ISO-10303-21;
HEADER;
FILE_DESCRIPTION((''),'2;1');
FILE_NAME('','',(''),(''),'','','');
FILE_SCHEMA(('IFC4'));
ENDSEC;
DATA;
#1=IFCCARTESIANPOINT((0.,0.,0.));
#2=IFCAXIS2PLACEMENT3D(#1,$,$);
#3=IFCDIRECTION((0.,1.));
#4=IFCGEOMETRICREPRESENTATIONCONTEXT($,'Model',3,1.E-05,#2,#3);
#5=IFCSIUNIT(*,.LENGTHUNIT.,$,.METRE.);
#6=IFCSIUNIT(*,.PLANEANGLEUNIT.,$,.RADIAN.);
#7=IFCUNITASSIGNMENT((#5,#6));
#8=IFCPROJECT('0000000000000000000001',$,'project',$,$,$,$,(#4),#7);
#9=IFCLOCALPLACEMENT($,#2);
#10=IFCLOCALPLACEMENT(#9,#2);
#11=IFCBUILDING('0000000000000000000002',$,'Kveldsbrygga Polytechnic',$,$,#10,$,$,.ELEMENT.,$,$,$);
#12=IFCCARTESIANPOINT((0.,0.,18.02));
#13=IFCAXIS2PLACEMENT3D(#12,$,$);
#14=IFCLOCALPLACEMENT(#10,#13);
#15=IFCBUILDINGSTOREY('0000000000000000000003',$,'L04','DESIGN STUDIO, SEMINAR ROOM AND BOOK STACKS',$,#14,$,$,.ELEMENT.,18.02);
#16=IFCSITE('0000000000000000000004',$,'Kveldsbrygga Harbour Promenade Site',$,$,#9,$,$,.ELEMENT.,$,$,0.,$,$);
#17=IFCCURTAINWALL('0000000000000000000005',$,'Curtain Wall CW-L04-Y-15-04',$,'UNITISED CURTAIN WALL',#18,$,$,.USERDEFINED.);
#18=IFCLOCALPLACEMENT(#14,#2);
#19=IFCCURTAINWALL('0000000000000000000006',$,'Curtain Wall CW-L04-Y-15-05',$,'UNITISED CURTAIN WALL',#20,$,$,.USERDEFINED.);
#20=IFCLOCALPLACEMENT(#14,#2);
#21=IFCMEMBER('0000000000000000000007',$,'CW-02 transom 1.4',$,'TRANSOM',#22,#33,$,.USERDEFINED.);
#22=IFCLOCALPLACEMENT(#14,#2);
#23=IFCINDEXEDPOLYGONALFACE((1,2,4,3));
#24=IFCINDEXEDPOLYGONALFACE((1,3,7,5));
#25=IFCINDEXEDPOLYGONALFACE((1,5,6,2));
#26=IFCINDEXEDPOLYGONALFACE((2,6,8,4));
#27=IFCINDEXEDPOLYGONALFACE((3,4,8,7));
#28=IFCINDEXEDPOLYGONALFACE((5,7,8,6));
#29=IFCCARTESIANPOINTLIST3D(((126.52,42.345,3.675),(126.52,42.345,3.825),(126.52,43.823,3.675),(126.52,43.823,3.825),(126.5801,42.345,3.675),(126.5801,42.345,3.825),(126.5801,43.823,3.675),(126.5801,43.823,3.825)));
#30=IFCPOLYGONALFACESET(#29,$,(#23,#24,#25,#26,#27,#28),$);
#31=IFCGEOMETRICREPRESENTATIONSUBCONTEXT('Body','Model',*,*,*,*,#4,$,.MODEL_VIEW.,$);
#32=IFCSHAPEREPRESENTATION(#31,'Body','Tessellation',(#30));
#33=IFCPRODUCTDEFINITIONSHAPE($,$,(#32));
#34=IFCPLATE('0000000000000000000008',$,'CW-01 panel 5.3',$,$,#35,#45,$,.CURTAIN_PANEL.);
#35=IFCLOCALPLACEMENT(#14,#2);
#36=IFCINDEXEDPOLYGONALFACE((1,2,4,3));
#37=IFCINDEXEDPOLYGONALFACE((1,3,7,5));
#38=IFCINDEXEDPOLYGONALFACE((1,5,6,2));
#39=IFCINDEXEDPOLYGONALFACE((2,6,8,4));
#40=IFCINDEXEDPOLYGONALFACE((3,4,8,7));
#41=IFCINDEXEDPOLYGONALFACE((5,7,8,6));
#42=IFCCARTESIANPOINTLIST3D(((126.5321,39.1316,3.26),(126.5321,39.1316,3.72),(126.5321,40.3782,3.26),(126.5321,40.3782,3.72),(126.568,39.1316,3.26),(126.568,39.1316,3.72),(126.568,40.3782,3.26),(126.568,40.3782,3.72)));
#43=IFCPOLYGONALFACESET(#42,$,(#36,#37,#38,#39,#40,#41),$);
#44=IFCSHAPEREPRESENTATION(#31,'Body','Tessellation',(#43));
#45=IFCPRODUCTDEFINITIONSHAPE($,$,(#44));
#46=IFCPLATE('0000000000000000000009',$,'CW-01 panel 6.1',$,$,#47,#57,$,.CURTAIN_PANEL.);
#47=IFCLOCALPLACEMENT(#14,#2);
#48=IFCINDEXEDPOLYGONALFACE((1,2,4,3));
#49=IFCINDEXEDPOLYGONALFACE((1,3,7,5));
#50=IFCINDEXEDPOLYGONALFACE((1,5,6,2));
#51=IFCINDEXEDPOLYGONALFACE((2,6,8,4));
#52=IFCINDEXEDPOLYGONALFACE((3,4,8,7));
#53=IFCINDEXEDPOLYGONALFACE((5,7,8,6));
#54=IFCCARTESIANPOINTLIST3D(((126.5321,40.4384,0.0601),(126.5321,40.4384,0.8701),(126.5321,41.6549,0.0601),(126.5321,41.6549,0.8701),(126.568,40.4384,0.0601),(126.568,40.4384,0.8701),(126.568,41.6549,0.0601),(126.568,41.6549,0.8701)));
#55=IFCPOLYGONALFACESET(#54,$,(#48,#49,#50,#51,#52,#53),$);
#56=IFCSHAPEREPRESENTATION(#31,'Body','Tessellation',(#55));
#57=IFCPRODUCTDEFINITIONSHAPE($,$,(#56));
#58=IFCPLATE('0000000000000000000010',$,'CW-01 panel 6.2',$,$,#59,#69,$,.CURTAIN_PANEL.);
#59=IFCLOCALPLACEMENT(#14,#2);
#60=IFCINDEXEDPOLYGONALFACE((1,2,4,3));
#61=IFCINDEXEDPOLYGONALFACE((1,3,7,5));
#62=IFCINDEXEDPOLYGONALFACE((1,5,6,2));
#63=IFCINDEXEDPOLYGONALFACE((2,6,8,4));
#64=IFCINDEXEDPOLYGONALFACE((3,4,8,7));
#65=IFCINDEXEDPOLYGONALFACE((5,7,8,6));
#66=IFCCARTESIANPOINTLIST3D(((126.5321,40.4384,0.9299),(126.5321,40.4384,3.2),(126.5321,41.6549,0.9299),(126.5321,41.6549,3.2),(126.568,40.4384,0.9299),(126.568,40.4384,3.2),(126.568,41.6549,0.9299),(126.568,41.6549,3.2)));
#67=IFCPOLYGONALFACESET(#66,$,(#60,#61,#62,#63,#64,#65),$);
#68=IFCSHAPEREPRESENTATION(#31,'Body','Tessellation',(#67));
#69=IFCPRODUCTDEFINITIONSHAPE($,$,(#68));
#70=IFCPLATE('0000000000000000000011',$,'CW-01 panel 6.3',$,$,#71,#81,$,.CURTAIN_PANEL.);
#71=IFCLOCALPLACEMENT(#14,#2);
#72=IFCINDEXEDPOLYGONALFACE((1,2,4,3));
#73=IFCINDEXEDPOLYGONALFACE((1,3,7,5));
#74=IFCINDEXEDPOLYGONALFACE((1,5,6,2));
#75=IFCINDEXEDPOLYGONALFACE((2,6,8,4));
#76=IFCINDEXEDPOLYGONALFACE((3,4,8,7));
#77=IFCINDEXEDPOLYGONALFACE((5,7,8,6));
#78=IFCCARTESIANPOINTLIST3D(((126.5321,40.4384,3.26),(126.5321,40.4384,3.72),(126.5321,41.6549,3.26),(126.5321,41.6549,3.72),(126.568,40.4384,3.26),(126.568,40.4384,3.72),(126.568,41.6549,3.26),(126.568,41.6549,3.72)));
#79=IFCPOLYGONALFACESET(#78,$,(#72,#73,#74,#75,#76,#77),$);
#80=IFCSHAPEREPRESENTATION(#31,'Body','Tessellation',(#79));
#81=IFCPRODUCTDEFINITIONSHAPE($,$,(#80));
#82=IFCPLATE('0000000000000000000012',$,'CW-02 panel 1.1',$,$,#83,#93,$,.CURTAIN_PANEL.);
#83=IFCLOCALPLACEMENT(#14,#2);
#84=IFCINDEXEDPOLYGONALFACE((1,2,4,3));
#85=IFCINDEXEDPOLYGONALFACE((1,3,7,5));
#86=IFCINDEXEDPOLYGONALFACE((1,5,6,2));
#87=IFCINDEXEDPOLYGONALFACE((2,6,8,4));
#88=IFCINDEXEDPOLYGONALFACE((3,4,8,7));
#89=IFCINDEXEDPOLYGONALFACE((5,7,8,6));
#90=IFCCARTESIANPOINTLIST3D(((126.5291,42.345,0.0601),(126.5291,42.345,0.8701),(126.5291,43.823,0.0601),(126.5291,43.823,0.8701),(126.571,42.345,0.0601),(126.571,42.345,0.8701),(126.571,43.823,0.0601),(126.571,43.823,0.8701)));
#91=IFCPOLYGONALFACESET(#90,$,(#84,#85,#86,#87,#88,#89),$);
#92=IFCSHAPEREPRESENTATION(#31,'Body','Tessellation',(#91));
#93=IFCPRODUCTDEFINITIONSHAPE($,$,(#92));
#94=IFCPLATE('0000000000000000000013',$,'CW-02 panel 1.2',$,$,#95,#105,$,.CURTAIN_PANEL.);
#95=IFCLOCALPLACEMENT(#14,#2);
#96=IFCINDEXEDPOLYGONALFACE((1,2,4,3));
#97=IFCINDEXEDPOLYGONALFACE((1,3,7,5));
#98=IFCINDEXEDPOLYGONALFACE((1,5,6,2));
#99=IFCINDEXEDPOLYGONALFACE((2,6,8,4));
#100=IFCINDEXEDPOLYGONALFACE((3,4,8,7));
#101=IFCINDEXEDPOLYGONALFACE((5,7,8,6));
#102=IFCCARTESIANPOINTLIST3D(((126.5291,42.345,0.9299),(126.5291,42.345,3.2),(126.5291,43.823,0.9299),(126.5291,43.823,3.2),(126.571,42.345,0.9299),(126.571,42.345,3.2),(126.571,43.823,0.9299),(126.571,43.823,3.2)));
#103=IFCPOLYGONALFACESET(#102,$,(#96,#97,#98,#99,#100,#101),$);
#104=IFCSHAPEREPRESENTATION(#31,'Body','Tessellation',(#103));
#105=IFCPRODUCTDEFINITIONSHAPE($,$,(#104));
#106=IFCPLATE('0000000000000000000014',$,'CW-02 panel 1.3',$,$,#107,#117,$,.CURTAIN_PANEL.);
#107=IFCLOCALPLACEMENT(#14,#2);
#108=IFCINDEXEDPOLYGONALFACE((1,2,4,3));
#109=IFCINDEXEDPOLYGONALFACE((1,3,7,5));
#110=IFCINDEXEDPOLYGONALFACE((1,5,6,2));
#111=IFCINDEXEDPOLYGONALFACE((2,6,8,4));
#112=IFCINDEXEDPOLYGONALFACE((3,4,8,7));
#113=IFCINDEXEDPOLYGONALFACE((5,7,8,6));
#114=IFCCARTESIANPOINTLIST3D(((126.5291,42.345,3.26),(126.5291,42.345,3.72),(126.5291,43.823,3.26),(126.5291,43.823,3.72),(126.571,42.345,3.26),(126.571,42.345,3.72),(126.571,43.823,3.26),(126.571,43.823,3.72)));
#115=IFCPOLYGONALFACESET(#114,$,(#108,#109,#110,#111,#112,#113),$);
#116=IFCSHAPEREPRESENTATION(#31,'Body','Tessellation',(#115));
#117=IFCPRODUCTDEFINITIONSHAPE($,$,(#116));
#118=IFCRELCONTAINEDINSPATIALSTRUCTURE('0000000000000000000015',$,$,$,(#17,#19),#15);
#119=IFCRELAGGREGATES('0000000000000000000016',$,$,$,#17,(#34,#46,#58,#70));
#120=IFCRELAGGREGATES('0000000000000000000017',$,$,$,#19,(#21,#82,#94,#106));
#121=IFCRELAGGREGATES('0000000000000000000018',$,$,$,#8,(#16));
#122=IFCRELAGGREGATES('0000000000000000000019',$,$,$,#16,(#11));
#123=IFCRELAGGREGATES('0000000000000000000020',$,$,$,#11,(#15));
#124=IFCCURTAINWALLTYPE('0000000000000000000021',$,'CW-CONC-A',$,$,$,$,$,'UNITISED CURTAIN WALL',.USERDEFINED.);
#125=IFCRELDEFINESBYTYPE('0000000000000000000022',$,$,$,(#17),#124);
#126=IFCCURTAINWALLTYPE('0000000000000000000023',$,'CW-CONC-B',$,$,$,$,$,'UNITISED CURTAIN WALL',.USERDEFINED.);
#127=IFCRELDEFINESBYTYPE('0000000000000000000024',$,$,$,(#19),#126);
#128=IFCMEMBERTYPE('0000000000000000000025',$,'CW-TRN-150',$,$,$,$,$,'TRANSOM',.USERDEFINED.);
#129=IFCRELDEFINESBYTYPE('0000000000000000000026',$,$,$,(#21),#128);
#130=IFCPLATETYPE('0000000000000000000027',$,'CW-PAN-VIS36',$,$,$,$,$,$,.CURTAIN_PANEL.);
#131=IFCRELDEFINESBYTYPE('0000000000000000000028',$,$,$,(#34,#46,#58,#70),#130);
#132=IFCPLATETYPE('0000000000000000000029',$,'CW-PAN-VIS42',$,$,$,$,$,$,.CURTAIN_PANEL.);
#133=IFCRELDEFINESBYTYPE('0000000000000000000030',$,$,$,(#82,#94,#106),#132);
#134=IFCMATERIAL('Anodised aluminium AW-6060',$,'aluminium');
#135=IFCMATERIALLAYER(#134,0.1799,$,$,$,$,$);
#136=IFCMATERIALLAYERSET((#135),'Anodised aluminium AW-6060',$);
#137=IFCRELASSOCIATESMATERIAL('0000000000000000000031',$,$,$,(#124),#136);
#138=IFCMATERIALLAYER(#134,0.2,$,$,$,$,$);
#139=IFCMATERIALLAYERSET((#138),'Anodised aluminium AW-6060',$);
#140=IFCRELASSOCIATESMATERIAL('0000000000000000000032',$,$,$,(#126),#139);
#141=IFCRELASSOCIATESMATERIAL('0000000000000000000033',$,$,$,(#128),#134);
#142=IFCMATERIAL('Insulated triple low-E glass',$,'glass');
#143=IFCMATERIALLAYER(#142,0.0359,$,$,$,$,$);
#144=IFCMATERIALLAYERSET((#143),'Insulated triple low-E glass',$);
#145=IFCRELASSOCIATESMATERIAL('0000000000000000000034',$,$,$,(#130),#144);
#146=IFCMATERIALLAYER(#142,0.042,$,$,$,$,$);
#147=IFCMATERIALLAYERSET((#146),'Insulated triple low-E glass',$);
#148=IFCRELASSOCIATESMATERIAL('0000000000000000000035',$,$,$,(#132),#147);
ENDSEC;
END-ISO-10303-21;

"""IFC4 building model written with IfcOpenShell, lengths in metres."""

from ifc_helpers import new_model, si_unit, direction, frame, origin, origin_2d, place, context, subcontext, project, spatial, rectangle, extrude, material, layer, layer_set, material_profile, profile_set, type_object, element, aggregate, save


model = new_model("IFC4")

# Units and contexts
model_context = context("Model", 3, precision=1e-05, world=origin(), true_north=direction((0.0, 1.0)))
body_context = subcontext(model_context, "Body", "Model", "MODEL_VIEW")
ifc_project = project(units=[si_unit("LENGTHUNIT", "METRE"), si_unit("PLANEANGLEUNIT", "RADIAN")], contexts=[model_context])

# Site, building, storey
site_placement = place(None, origin())
site = spatial("IfcSite", under=ifc_project, at=site_placement, Name="Kveldsbrygga Harbour Promenade Site", CompositionType="ELEMENT", RefElevation=0.0)
building_placement = place(site_placement, origin())
building = spatial("IfcBuilding", under=site, at=building_placement, Name="Kveldsbrygga Polytechnic", CompositionType="ELEMENT")
storey_placement = place(building_placement, frame((0.0, 0.0, 18.02)))
storey = spatial("IfcBuildingStorey", under=building, at=storey_placement, Name="L04", Description="DESIGN STUDIO, SEMINAR ROOM AND BOOK STACKS", CompositionType="ELEMENT", Elevation=18.02)

# Curtain wall
ifc_material_1 = material(Name="Anodised aluminium AW-6060", Category="aluminium")
ifc_layer_1 = layer(ifc_material_1, 0.1799)
ifc_layer_set_1 = layer_set([ifc_layer_1], Name="Anodised aluminium AW-6060")
curtain_wall_type_1 = type_object("IfcCurtainWallType", Name="CW-CONC-A", ElementType="UNITISED CURTAIN WALL", PredefinedType="USERDEFINED", material=ifc_layer_set_1)
curtain_wall_1_placement = place(storey_placement, origin())
curtain_wall_1 = element("IfcCurtainWall", 1, at=curtain_wall_1_placement, inside=storey, type_object=curtain_wall_type_1, Name="Curtain Wall CW-L04-Y-15-04", ObjectType="UNITISED CURTAIN WALL", PredefinedType="USERDEFINED")

# Curtain wall
ifc_layer_2 = layer(ifc_material_1, 0.2)
ifc_layer_set_2 = layer_set([ifc_layer_2], Name="Anodised aluminium AW-6060")
curtain_wall_type_2 = type_object("IfcCurtainWallType", Name="CW-CONC-B", ElementType="UNITISED CURTAIN WALL", PredefinedType="USERDEFINED", material=ifc_layer_set_2)
curtain_wall_2_placement = place(storey_placement, origin())
curtain_wall_2 = element("IfcCurtainWall", 2, at=curtain_wall_2_placement, inside=storey, type_object=curtain_wall_type_2, Name="Curtain Wall CW-L04-Y-15-05", ObjectType="UNITISED CURTAIN WALL", PredefinedType="USERDEFINED")

# Member
ifc_material_profile_1 = material_profile(ifc_material_1, rectangle(XDim=0.0601, YDim=0.1499, at=origin_2d()), Name="ALU 60x150")
ifc_profile_set_1 = profile_set([ifc_material_profile_1], Name="Anodised aluminium AW-6060")
member_type_1 = type_object("IfcMemberType", Name="CW-TRN-150", ElementType="TRANSOM", PredefinedType="USERDEFINED", material=ifc_profile_set_1)
member_1_placement = place(storey_placement, frame((126.55, 42.345, 3.75), z_axis=(0.0, 1.0, 0.0), x_axis=(-1.0, 0.0, 0.0)))
member_1 = element("IfcMember", 3, at=member_1_placement, type_object=member_type_1, Name="CW-02 transom 1.4", ObjectType="TRANSOM", PredefinedType="USERDEFINED", context=body_context, shape_type="SweptSolid", body=[
    extrude(rectangle(XDim=0.0601, YDim=0.1499, at=origin_2d()), origin(), (0.0, 0.0, 1.0), 1.478),
])

# Plates
ifc_material_2 = material(Name="Insulated triple low-E glass", Category="glass")
ifc_layer_3 = layer(ifc_material_2, 0.0359)
ifc_layer_set_3 = layer_set([ifc_layer_3], Name="Insulated triple low-E glass")
plate_type_1 = type_object("IfcPlateType", Name="CW-PAN-VIS36", PredefinedType="CURTAIN_PANEL", material=ifc_layer_set_3)
plate_1_placement = place(storey_placement, frame((126.55, 39.7549, 3.26), z_axis=(0.0, 0.0, 1.0), x_axis=(0.0, 1.0, 0.0)))
plate_1 = element("IfcPlate", 4, at=plate_1_placement, type_object=plate_type_1, Name="CW-01 panel 5.3", PredefinedType="CURTAIN_PANEL", context=body_context, shape_type="SweptSolid", body=[
    extrude(rectangle(XDim=1.2466, YDim=0.0359, at=origin_2d()), origin(), (0.0, 0.0, 1.0), 0.46),
])
plate_2_placement = place(storey_placement, frame((126.55, 41.0466, 0.0601), z_axis=(0.0, 0.0, 1.0), x_axis=(0.0, 1.0, 0.0)))
plate_2 = element("IfcPlate", 5, at=plate_2_placement, type_object=plate_type_1, Name="CW-01 panel 6.1", PredefinedType="CURTAIN_PANEL", context=body_context, shape_type="SweptSolid", body=[
    extrude(rectangle(XDim=1.2166, YDim=0.0359, at=origin_2d()), origin(), (0.0, 0.0, 1.0), 0.8101),
])
plate_3_placement = place(storey_placement, frame((126.55, 41.0466, 0.9299), z_axis=(0.0, 0.0, 1.0), x_axis=(0.0, 1.0, 0.0)))
plate_3 = element("IfcPlate", 6, at=plate_3_placement, type_object=plate_type_1, Name="CW-01 panel 6.2", PredefinedType="CURTAIN_PANEL", context=body_context, shape_type="SweptSolid", body=[
    extrude(rectangle(XDim=1.2166, YDim=0.0359, at=origin_2d()), origin(), (0.0, 0.0, 1.0), 2.27),
])
plate_4_placement = place(storey_placement, frame((126.55, 41.0466, 3.26), z_axis=(0.0, 0.0, 1.0), x_axis=(0.0, 1.0, 0.0)))
plate_4 = element("IfcPlate", 7, at=plate_4_placement, type_object=plate_type_1, Name="CW-01 panel 6.3", PredefinedType="CURTAIN_PANEL", context=body_context, shape_type="SweptSolid", body=[
    extrude(rectangle(XDim=1.2166, YDim=0.0359, at=origin_2d()), origin(), (0.0, 0.0, 1.0), 0.46),
])
aggregate(curtain_wall_1, [plate_1, plate_2, plate_3, plate_4])
ifc_layer_4 = layer(ifc_material_2, 0.042)
ifc_layer_set_4 = layer_set([ifc_layer_4], Name="Insulated triple low-E glass")
plate_type_2 = type_object("IfcPlateType", Name="CW-PAN-VIS42", PredefinedType="CURTAIN_PANEL", material=ifc_layer_set_4)
plate_5_placement = place(storey_placement, frame((126.55, 43.084, 0.0601), z_axis=(0.0, 0.0, 1.0), x_axis=(0.0, 1.0, 0.0)))
plate_5 = element("IfcPlate", 8, at=plate_5_placement, type_object=plate_type_2, Name="CW-02 panel 1.1", PredefinedType="CURTAIN_PANEL", context=body_context, shape_type="SweptSolid", body=[
    extrude(rectangle(XDim=1.478, YDim=0.042, at=origin_2d()), origin(), (0.0, 0.0, 1.0), 0.8101),
])
plate_6_placement = place(storey_placement, frame((126.55, 43.084, 0.9299), z_axis=(0.0, 0.0, 1.0), x_axis=(0.0, 1.0, 0.0)))
plate_6 = element("IfcPlate", 9, at=plate_6_placement, type_object=plate_type_2, Name="CW-02 panel 1.2", PredefinedType="CURTAIN_PANEL", context=body_context, shape_type="SweptSolid", body=[
    extrude(rectangle(XDim=1.478, YDim=0.042, at=origin_2d()), origin(), (0.0, 0.0, 1.0), 2.27),
])
plate_7_placement = place(storey_placement, frame((126.55, 43.084, 3.26), z_axis=(0.0, 0.0, 1.0), x_axis=(0.0, 1.0, 0.0)))
plate_7 = element("IfcPlate", 10, at=plate_7_placement, type_object=plate_type_2, Name="CW-02 panel 1.3", PredefinedType="CURTAIN_PANEL", context=body_context, shape_type="SweptSolid", body=[
    extrude(rectangle(XDim=1.478, YDim=0.042, at=origin_2d()), origin(), (0.0, 0.0, 1.0), 0.46),
])
aggregate(curtain_wall_2, [member_1, plate_5, plate_6, plate_7])

save(model, "model.ifc")
